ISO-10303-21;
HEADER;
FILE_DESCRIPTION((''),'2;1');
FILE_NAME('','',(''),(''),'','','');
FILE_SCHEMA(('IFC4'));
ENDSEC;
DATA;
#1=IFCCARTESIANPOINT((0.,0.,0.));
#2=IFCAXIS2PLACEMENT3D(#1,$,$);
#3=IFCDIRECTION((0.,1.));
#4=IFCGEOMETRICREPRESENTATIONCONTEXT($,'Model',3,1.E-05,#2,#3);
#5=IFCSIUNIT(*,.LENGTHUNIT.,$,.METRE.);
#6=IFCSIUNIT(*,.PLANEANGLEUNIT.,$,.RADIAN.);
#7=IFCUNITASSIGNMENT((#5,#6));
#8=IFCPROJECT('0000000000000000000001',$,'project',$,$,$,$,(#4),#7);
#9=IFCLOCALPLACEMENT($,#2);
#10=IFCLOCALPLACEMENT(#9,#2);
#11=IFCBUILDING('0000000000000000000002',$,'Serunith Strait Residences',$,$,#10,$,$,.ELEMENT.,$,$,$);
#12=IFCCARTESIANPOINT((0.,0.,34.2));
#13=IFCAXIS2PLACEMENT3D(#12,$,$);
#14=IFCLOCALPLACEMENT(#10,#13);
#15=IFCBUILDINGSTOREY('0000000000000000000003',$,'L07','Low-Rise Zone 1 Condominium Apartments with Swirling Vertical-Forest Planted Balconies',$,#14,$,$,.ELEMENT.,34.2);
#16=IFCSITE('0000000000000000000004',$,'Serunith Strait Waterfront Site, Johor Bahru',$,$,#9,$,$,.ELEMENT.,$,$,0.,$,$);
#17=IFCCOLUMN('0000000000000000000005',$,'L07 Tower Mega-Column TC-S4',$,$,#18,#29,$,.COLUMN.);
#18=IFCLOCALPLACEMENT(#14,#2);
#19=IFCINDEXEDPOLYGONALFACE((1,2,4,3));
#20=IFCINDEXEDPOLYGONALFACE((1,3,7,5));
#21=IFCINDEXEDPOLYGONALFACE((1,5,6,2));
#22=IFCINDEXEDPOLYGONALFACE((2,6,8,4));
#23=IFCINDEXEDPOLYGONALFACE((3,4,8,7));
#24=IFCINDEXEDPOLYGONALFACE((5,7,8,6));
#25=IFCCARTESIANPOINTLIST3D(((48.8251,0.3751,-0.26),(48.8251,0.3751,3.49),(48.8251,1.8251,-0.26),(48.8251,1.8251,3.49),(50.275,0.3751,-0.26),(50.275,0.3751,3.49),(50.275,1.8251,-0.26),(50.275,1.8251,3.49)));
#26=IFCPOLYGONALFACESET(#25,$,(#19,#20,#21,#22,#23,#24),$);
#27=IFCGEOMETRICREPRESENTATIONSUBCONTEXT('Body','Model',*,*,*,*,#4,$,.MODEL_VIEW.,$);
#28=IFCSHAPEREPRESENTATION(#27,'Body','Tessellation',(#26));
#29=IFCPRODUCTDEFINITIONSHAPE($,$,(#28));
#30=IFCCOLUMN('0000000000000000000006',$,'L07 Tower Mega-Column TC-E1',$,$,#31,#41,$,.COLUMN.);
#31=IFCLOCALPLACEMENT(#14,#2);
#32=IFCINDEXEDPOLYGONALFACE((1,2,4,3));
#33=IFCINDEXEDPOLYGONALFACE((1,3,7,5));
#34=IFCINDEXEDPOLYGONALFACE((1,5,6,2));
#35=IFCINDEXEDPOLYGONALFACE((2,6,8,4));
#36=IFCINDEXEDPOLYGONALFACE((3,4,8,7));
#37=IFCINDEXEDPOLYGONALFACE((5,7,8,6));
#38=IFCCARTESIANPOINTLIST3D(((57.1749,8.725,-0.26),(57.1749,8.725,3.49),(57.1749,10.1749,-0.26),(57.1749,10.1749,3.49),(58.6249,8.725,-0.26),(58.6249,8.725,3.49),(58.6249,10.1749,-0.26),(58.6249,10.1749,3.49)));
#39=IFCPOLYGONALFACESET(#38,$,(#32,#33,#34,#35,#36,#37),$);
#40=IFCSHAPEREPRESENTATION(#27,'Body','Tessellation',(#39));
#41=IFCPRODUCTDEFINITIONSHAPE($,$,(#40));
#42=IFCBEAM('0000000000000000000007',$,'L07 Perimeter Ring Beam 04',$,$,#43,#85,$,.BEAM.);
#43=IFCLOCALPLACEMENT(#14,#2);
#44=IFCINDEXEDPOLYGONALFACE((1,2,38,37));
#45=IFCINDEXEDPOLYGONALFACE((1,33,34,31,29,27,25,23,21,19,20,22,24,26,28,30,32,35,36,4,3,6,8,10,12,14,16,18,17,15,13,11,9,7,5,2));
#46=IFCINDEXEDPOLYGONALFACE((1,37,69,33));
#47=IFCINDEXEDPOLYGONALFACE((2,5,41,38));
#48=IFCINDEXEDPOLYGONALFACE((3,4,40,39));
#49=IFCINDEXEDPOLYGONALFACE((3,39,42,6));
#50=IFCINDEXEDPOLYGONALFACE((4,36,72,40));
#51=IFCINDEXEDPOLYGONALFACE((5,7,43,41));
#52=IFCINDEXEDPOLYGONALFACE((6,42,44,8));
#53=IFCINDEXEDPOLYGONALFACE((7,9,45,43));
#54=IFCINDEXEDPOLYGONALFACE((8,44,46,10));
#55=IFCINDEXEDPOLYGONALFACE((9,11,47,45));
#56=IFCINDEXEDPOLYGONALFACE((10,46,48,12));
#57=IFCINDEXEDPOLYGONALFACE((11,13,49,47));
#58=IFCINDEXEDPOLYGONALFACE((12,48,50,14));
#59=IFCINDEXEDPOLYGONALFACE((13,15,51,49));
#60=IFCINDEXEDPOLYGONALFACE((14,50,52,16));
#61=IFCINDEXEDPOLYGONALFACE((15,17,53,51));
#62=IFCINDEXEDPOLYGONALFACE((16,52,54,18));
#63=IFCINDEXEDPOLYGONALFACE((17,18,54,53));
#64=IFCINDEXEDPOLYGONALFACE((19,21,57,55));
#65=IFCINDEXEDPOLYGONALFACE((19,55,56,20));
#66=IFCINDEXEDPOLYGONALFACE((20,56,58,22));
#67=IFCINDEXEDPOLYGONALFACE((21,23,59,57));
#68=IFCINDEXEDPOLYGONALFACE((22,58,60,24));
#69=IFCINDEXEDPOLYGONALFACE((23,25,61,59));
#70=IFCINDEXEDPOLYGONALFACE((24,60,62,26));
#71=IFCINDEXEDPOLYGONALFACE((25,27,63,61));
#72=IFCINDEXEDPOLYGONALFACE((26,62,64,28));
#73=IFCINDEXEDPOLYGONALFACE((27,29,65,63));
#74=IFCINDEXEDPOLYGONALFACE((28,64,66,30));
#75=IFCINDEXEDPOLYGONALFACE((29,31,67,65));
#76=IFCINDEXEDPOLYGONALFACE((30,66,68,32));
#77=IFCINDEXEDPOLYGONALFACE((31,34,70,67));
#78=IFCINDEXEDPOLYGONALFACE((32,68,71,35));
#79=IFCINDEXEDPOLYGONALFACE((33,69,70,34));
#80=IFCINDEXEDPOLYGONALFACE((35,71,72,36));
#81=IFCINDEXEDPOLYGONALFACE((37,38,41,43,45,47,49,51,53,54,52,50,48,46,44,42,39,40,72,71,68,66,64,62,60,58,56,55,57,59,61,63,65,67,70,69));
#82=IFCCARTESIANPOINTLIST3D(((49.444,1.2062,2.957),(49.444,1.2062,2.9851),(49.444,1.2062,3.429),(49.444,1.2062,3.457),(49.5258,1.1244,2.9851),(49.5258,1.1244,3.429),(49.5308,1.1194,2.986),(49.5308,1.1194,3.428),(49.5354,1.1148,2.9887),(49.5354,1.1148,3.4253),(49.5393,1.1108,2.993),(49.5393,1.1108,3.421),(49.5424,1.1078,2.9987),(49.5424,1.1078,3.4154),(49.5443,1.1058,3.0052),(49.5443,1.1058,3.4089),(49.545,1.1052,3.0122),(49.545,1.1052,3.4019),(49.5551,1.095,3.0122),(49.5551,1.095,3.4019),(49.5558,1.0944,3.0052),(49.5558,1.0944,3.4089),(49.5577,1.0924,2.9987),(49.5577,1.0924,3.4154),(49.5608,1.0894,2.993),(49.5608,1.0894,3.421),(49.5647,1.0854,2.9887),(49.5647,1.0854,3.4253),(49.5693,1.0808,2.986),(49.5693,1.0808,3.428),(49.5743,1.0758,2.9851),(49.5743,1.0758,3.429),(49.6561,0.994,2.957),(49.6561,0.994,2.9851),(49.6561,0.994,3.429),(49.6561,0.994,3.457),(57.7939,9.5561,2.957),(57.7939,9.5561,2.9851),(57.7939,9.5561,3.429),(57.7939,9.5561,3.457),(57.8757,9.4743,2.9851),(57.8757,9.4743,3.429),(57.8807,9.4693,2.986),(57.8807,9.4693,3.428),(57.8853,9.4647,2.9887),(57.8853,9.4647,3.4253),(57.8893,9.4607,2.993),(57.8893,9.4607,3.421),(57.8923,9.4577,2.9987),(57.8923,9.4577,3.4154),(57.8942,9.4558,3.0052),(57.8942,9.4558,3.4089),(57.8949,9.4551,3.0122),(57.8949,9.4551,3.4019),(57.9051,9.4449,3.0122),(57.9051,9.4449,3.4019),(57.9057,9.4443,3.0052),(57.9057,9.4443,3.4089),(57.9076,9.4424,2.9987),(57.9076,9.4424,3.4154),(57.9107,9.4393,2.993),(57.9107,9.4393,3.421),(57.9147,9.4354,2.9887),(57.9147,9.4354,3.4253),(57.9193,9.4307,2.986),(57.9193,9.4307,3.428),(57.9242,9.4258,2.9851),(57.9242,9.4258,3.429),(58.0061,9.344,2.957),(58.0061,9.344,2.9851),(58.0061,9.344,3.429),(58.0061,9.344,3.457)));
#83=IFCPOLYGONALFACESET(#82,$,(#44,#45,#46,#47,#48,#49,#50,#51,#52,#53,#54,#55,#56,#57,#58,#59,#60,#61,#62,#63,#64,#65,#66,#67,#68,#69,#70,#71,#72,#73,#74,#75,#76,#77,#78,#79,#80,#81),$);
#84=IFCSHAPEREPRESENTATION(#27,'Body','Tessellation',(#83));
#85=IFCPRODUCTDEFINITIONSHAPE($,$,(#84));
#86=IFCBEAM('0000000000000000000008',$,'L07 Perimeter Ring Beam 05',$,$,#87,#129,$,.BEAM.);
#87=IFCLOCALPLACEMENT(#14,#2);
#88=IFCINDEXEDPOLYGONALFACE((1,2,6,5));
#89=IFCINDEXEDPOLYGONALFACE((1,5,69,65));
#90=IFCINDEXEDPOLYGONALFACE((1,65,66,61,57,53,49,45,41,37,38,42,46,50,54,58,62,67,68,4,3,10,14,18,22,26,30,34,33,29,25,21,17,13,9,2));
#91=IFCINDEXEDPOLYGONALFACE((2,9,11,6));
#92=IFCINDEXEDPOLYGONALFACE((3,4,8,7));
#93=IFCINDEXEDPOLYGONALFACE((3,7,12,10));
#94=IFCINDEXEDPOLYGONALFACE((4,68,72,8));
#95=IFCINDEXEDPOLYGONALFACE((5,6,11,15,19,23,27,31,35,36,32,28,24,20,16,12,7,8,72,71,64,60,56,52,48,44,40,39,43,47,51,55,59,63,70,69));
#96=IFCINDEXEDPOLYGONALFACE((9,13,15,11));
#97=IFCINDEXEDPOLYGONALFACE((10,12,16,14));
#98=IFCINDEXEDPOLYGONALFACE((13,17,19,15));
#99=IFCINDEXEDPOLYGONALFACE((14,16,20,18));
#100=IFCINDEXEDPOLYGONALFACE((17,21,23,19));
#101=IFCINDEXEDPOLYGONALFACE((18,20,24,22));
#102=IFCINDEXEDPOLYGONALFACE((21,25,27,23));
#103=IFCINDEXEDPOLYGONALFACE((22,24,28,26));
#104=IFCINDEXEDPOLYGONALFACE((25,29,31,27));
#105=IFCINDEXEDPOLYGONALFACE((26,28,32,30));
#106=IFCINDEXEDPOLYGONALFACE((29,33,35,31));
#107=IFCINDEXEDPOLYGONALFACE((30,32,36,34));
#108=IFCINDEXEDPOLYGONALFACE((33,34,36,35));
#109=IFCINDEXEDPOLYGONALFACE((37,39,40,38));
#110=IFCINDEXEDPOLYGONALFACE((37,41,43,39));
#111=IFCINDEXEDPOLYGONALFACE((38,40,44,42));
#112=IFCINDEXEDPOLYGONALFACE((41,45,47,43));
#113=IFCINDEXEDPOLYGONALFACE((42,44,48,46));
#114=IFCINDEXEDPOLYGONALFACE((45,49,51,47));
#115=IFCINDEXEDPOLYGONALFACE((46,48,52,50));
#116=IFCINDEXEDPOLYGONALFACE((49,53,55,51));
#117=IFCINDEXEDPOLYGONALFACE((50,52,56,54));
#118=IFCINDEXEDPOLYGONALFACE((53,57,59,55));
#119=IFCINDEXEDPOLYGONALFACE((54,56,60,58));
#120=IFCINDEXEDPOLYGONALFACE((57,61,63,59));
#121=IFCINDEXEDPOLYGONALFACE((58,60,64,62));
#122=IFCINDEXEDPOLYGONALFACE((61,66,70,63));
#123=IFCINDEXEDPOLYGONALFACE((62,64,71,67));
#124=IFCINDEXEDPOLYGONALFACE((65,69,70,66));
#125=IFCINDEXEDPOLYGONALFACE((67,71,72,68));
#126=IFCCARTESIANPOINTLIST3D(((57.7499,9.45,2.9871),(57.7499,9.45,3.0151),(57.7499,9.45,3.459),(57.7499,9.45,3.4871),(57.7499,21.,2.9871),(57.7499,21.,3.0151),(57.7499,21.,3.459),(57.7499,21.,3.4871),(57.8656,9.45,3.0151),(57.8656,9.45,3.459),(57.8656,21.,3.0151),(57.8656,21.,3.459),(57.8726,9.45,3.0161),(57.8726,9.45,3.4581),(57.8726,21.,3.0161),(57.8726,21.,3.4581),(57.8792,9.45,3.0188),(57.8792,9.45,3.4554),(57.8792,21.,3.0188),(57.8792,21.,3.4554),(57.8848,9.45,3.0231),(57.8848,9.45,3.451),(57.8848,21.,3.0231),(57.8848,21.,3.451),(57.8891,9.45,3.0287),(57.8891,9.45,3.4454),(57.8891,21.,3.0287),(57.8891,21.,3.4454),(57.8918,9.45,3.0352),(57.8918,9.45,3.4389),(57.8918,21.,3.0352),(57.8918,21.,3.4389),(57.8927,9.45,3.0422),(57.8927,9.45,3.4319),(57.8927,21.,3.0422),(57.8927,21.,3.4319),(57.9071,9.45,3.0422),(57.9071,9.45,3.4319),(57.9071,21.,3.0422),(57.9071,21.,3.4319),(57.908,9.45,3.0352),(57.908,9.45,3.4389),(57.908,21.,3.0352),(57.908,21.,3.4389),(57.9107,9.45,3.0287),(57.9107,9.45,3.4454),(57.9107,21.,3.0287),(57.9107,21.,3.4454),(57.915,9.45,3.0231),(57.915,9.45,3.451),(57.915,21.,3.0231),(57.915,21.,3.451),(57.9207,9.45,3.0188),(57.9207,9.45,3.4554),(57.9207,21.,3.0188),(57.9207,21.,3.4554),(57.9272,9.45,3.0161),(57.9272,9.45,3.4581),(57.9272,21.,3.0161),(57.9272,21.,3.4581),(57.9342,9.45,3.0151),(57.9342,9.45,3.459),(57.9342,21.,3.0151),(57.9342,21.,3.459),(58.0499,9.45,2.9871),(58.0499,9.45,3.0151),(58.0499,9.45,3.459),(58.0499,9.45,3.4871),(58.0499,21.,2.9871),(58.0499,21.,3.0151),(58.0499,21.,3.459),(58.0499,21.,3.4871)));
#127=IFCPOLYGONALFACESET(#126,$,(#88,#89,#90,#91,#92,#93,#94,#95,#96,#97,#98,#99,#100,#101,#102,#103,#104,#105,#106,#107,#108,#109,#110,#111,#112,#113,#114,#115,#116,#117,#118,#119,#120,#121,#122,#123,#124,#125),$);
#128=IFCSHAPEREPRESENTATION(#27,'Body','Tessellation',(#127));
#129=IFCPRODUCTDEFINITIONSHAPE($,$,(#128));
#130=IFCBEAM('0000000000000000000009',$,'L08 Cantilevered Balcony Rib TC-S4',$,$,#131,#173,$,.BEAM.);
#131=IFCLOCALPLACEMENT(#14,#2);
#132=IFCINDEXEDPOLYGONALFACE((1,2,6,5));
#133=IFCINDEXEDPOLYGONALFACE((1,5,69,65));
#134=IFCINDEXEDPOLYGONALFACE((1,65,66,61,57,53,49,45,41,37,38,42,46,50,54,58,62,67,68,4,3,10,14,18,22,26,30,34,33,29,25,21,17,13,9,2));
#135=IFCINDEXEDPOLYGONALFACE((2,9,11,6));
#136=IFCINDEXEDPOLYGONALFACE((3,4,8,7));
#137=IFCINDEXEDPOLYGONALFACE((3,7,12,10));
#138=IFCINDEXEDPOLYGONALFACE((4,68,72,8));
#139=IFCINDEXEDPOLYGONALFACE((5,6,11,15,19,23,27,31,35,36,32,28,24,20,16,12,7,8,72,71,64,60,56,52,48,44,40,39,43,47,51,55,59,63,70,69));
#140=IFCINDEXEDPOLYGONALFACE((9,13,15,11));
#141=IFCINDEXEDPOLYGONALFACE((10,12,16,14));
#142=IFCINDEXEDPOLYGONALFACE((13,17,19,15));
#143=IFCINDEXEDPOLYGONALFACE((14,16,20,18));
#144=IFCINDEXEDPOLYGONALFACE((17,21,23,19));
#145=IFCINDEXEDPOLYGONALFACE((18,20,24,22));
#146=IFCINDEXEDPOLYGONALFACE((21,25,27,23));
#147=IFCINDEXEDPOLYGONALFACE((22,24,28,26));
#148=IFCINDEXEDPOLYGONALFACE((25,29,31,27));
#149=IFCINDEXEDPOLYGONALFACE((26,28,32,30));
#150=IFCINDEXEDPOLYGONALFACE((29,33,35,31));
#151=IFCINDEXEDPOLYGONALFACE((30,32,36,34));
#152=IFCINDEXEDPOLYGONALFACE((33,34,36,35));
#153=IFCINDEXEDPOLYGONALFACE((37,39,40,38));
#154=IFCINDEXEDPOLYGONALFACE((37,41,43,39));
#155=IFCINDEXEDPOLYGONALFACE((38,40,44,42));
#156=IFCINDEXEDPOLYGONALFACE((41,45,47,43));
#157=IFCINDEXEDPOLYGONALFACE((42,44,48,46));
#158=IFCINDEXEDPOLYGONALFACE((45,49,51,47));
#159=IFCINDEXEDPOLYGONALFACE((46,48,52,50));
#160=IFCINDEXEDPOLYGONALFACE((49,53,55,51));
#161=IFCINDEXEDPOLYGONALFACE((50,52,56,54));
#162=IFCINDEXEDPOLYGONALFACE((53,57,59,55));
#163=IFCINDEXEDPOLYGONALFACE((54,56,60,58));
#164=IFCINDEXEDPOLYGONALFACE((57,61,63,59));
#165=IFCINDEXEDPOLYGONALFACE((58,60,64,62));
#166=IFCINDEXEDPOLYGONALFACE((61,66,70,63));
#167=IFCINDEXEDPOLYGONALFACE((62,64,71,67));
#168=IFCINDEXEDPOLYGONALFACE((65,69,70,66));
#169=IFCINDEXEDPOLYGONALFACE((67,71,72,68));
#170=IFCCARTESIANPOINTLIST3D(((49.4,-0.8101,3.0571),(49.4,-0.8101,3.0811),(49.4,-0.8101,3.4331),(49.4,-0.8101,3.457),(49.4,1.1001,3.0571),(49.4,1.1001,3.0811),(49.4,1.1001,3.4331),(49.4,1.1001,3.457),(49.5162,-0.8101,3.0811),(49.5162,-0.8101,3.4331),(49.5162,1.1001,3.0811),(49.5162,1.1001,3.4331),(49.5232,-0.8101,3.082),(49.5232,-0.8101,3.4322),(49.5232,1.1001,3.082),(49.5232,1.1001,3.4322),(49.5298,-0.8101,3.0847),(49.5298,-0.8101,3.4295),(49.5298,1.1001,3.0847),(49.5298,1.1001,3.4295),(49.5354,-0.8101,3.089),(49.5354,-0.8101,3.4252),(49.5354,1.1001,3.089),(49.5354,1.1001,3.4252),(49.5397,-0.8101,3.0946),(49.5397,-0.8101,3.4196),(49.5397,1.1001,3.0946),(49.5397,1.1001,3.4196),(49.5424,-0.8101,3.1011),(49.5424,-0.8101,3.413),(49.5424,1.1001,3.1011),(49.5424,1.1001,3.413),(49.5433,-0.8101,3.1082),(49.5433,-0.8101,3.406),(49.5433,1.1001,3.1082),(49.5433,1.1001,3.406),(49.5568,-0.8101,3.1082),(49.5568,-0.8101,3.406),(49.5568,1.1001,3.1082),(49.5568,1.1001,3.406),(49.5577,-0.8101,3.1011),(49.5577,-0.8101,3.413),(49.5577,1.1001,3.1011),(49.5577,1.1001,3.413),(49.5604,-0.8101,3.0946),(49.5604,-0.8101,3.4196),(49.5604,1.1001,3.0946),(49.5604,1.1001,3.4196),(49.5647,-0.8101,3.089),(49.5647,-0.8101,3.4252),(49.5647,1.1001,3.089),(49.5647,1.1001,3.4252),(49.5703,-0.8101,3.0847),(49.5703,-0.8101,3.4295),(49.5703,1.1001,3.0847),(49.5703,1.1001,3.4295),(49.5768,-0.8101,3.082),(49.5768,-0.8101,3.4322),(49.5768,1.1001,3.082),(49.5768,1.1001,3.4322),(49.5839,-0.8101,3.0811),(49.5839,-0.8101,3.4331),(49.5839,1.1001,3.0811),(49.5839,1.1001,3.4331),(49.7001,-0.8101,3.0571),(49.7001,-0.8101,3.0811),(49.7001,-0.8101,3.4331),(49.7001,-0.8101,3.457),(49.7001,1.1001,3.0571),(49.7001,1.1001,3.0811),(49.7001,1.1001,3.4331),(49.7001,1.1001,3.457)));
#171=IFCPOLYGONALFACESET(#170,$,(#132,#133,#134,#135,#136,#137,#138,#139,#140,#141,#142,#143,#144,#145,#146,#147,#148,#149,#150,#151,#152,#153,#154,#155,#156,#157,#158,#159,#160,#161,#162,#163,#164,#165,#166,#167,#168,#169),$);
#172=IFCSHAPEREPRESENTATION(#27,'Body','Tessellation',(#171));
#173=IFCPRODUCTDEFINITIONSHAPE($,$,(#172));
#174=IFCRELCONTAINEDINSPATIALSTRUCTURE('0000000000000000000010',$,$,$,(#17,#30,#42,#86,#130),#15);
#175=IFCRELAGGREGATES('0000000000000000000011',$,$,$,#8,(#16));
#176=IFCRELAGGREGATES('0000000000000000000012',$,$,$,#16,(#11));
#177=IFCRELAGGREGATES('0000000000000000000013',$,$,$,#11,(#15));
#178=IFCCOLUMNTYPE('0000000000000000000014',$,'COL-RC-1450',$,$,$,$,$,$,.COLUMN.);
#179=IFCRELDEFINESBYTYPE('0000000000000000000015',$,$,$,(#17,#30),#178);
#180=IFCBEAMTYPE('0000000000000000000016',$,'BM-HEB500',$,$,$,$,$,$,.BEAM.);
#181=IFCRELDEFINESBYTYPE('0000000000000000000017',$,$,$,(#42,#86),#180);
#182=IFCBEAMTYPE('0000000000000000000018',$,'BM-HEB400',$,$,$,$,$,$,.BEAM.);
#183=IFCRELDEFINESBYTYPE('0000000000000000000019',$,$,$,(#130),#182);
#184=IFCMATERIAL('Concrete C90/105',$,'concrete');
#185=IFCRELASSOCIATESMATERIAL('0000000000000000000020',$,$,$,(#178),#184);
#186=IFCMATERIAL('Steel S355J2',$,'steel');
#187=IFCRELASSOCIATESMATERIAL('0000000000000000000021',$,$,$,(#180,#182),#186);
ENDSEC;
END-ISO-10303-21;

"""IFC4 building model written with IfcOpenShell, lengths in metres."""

from ifc_helpers import new_model, si_unit, direction, frame, origin, origin_2d, place, context, subcontext, project, spatial, rectangle, i_section, extrude, source, transform, mapped, material, material_profile, profile_set, type_object, element, save


model = new_model("IFC4")

# Units and contexts
model_context = context("Model", 3, precision=1e-05, world=origin(), true_north=direction((0.0, 1.0)))
body_context = subcontext(model_context, "Body", "Model", "MODEL_VIEW")
ifc_project = project(units=[si_unit("LENGTHUNIT", "METRE"), si_unit("PLANEANGLEUNIT", "RADIAN")], contexts=[model_context])

# Site, building, storey
site_placement = place(None, origin())
site = spatial("IfcSite", under=ifc_project, at=site_placement, Name="Serunith Strait Waterfront Site, Johor Bahru", CompositionType="ELEMENT", RefElevation=0.0)
building_placement = place(site_placement, origin())
building = spatial("IfcBuilding", under=site, at=building_placement, Name="Serunith Strait Residences", CompositionType="ELEMENT")
storey_placement = place(building_placement, frame((0.0, 0.0, 34.2)))
storey = spatial("IfcBuildingStorey", under=building, at=storey_placement, Name="L07", Description="Low-Rise Zone 1 Condominium Apartments with Swirling Vertical-Forest Planted Balconies", CompositionType="ELEMENT", Elevation=34.2)

# Columns
ifc_material_1 = material(Name="Concrete C90/105", Category="concrete")
ifc_material_profile_1 = material_profile(ifc_material_1, rectangle(XDim=1.45, YDim=1.45, at=origin_2d()), Name="RC 1450x1450")
ifc_profile_set_1 = profile_set([ifc_material_profile_1], Name="Concrete C90/105")
column_type = type_object("IfcColumnType", Name="COL-RC-1450", PredefinedType="COLUMN", material=ifc_profile_set_1)
shared_shape_1 = source(origin(), body_context, "Body", "SweptSolid", [
    extrude(rectangle(XDim=1.45, YDim=1.45, at=origin_2d()), origin(), (0.0, 0.0, 1.0), 3.75),
])
for number, where, z_axis, x_axis, name in (
    (1, (49.55, 1.1001, -0.26), (0.0, 0.0, 1.0), (1.0, 0.0, 0.0), "L07 Tower Mega-Column TC-S4"),
    (2, (57.8999, 9.45, -0.26), (0.0, 0.0, 1.0), (1.0, 0.0, 0.0), "L07 Tower Mega-Column TC-E1"),
):
    element("IfcColumn", number, at=place(storey_placement, frame(where, z_axis=z_axis, x_axis=x_axis)), inside=storey, type_object=column_type, Name=name, PredefinedType="COLUMN", context=body_context, shape_type="MappedRepresentation", body=[
        mapped(shared_shape_1, transform((0.0, 0.0, 0.0), scale=1.0)),
    ])

# Beams
ifc_material_2 = material(Name="Steel S355J2", Category="steel")
ifc_material_profile_2 = material_profile(ifc_material_2, i_section(OverallWidth=0.3, OverallDepth=0.5, WebThickness=0.0144, FlangeThickness=0.0281, FilletRadius=0.0271, at=origin_2d()), Name="HEB 500")
ifc_profile_set_2 = profile_set([ifc_material_profile_2], Name="Steel S355J2")
beam_type_1 = type_object("IfcBeamType", Name="BM-HEB500", PredefinedType="BEAM", material=ifc_profile_set_2)
shared_shape_2 = source(origin(), body_context, "Body", "SweptSolid", [
    extrude(i_section(OverallWidth=0.3, OverallDepth=0.5, WebThickness=0.0144, FlangeThickness=0.0281, FilletRadius=0.0271, at=origin_2d()), origin(), (0.0, 0.0, 1.0), 11.8086),
])
beam_1_placement = place(storey_placement, frame((49.55, 1.1001, 3.207), z_axis=(0.707107, 0.707107, 0.0), x_axis=(-0.707107, 0.707107, 0.0)))
element("IfcBeam", 3, at=beam_1_placement, inside=storey, type_object=beam_type_1, Name="L07 Perimeter Ring Beam 04", PredefinedType="BEAM", context=body_context, shape_type="MappedRepresentation", body=[
    mapped(shared_shape_2, transform((0.0, 0.0, 0.0), scale=1.0)),
])
shared_shape_3 = source(origin(), body_context, "Body", "SweptSolid", [
    extrude(i_section(OverallWidth=0.3, OverallDepth=0.5, WebThickness=0.0144, FlangeThickness=0.0281, FilletRadius=0.0271, at=origin_2d()), origin(), (0.0, 0.0, 1.0), 11.55),
])
beam_2_placement = place(storey_placement, frame((57.8999, 9.45, 3.2371), z_axis=(0.0, 1.0, 0.0), x_axis=(-1.0, 0.0, 0.0)))
element("IfcBeam", 4, at=beam_2_placement, inside=storey, type_object=beam_type_1, Name="L07 Perimeter Ring Beam 05", PredefinedType="BEAM", context=body_context, shape_type="MappedRepresentation", body=[
    mapped(shared_shape_3, transform((0.0, 0.0, 0.0), scale=1.0)),
])
ifc_material_profile_3 = material_profile(ifc_material_2, i_section(OverallWidth=0.3, OverallDepth=0.3999, WebThickness=0.0134, FlangeThickness=0.0239, FilletRadius=0.0271, at=origin_2d()), Name="HEB 400")
ifc_profile_set_3 = profile_set([ifc_material_profile_3], Name="Steel S355J2")
beam_type_2 = type_object("IfcBeamType", Name="BM-HEB400", PredefinedType="BEAM", material=ifc_profile_set_3)
shared_shape_4 = source(origin(), body_context, "Body", "SweptSolid", [
    extrude(i_section(OverallWidth=0.3, OverallDepth=0.3999, WebThickness=0.0134, FlangeThickness=0.0239, FilletRadius=0.0271, at=origin_2d()), origin(), (0.0, 0.0, 1.0), 1.9102),
])
beam_3_placement = place(storey_placement, frame((49.55, 1.1001, 3.2571), z_axis=(0.0, -1.0, 0.0), x_axis=(1.0, 0.0, 0.0)))
element("IfcBeam", 5, at=beam_3_placement, inside=storey, type_object=beam_type_2, Name="L08 Cantilevered Balcony Rib TC-S4", PredefinedType="BEAM", context=body_context, shape_type="MappedRepresentation", body=[
    mapped(shared_shape_4, transform((0.0, 0.0, 0.0), scale=1.0)),
])

save(model, "model.ifc")
